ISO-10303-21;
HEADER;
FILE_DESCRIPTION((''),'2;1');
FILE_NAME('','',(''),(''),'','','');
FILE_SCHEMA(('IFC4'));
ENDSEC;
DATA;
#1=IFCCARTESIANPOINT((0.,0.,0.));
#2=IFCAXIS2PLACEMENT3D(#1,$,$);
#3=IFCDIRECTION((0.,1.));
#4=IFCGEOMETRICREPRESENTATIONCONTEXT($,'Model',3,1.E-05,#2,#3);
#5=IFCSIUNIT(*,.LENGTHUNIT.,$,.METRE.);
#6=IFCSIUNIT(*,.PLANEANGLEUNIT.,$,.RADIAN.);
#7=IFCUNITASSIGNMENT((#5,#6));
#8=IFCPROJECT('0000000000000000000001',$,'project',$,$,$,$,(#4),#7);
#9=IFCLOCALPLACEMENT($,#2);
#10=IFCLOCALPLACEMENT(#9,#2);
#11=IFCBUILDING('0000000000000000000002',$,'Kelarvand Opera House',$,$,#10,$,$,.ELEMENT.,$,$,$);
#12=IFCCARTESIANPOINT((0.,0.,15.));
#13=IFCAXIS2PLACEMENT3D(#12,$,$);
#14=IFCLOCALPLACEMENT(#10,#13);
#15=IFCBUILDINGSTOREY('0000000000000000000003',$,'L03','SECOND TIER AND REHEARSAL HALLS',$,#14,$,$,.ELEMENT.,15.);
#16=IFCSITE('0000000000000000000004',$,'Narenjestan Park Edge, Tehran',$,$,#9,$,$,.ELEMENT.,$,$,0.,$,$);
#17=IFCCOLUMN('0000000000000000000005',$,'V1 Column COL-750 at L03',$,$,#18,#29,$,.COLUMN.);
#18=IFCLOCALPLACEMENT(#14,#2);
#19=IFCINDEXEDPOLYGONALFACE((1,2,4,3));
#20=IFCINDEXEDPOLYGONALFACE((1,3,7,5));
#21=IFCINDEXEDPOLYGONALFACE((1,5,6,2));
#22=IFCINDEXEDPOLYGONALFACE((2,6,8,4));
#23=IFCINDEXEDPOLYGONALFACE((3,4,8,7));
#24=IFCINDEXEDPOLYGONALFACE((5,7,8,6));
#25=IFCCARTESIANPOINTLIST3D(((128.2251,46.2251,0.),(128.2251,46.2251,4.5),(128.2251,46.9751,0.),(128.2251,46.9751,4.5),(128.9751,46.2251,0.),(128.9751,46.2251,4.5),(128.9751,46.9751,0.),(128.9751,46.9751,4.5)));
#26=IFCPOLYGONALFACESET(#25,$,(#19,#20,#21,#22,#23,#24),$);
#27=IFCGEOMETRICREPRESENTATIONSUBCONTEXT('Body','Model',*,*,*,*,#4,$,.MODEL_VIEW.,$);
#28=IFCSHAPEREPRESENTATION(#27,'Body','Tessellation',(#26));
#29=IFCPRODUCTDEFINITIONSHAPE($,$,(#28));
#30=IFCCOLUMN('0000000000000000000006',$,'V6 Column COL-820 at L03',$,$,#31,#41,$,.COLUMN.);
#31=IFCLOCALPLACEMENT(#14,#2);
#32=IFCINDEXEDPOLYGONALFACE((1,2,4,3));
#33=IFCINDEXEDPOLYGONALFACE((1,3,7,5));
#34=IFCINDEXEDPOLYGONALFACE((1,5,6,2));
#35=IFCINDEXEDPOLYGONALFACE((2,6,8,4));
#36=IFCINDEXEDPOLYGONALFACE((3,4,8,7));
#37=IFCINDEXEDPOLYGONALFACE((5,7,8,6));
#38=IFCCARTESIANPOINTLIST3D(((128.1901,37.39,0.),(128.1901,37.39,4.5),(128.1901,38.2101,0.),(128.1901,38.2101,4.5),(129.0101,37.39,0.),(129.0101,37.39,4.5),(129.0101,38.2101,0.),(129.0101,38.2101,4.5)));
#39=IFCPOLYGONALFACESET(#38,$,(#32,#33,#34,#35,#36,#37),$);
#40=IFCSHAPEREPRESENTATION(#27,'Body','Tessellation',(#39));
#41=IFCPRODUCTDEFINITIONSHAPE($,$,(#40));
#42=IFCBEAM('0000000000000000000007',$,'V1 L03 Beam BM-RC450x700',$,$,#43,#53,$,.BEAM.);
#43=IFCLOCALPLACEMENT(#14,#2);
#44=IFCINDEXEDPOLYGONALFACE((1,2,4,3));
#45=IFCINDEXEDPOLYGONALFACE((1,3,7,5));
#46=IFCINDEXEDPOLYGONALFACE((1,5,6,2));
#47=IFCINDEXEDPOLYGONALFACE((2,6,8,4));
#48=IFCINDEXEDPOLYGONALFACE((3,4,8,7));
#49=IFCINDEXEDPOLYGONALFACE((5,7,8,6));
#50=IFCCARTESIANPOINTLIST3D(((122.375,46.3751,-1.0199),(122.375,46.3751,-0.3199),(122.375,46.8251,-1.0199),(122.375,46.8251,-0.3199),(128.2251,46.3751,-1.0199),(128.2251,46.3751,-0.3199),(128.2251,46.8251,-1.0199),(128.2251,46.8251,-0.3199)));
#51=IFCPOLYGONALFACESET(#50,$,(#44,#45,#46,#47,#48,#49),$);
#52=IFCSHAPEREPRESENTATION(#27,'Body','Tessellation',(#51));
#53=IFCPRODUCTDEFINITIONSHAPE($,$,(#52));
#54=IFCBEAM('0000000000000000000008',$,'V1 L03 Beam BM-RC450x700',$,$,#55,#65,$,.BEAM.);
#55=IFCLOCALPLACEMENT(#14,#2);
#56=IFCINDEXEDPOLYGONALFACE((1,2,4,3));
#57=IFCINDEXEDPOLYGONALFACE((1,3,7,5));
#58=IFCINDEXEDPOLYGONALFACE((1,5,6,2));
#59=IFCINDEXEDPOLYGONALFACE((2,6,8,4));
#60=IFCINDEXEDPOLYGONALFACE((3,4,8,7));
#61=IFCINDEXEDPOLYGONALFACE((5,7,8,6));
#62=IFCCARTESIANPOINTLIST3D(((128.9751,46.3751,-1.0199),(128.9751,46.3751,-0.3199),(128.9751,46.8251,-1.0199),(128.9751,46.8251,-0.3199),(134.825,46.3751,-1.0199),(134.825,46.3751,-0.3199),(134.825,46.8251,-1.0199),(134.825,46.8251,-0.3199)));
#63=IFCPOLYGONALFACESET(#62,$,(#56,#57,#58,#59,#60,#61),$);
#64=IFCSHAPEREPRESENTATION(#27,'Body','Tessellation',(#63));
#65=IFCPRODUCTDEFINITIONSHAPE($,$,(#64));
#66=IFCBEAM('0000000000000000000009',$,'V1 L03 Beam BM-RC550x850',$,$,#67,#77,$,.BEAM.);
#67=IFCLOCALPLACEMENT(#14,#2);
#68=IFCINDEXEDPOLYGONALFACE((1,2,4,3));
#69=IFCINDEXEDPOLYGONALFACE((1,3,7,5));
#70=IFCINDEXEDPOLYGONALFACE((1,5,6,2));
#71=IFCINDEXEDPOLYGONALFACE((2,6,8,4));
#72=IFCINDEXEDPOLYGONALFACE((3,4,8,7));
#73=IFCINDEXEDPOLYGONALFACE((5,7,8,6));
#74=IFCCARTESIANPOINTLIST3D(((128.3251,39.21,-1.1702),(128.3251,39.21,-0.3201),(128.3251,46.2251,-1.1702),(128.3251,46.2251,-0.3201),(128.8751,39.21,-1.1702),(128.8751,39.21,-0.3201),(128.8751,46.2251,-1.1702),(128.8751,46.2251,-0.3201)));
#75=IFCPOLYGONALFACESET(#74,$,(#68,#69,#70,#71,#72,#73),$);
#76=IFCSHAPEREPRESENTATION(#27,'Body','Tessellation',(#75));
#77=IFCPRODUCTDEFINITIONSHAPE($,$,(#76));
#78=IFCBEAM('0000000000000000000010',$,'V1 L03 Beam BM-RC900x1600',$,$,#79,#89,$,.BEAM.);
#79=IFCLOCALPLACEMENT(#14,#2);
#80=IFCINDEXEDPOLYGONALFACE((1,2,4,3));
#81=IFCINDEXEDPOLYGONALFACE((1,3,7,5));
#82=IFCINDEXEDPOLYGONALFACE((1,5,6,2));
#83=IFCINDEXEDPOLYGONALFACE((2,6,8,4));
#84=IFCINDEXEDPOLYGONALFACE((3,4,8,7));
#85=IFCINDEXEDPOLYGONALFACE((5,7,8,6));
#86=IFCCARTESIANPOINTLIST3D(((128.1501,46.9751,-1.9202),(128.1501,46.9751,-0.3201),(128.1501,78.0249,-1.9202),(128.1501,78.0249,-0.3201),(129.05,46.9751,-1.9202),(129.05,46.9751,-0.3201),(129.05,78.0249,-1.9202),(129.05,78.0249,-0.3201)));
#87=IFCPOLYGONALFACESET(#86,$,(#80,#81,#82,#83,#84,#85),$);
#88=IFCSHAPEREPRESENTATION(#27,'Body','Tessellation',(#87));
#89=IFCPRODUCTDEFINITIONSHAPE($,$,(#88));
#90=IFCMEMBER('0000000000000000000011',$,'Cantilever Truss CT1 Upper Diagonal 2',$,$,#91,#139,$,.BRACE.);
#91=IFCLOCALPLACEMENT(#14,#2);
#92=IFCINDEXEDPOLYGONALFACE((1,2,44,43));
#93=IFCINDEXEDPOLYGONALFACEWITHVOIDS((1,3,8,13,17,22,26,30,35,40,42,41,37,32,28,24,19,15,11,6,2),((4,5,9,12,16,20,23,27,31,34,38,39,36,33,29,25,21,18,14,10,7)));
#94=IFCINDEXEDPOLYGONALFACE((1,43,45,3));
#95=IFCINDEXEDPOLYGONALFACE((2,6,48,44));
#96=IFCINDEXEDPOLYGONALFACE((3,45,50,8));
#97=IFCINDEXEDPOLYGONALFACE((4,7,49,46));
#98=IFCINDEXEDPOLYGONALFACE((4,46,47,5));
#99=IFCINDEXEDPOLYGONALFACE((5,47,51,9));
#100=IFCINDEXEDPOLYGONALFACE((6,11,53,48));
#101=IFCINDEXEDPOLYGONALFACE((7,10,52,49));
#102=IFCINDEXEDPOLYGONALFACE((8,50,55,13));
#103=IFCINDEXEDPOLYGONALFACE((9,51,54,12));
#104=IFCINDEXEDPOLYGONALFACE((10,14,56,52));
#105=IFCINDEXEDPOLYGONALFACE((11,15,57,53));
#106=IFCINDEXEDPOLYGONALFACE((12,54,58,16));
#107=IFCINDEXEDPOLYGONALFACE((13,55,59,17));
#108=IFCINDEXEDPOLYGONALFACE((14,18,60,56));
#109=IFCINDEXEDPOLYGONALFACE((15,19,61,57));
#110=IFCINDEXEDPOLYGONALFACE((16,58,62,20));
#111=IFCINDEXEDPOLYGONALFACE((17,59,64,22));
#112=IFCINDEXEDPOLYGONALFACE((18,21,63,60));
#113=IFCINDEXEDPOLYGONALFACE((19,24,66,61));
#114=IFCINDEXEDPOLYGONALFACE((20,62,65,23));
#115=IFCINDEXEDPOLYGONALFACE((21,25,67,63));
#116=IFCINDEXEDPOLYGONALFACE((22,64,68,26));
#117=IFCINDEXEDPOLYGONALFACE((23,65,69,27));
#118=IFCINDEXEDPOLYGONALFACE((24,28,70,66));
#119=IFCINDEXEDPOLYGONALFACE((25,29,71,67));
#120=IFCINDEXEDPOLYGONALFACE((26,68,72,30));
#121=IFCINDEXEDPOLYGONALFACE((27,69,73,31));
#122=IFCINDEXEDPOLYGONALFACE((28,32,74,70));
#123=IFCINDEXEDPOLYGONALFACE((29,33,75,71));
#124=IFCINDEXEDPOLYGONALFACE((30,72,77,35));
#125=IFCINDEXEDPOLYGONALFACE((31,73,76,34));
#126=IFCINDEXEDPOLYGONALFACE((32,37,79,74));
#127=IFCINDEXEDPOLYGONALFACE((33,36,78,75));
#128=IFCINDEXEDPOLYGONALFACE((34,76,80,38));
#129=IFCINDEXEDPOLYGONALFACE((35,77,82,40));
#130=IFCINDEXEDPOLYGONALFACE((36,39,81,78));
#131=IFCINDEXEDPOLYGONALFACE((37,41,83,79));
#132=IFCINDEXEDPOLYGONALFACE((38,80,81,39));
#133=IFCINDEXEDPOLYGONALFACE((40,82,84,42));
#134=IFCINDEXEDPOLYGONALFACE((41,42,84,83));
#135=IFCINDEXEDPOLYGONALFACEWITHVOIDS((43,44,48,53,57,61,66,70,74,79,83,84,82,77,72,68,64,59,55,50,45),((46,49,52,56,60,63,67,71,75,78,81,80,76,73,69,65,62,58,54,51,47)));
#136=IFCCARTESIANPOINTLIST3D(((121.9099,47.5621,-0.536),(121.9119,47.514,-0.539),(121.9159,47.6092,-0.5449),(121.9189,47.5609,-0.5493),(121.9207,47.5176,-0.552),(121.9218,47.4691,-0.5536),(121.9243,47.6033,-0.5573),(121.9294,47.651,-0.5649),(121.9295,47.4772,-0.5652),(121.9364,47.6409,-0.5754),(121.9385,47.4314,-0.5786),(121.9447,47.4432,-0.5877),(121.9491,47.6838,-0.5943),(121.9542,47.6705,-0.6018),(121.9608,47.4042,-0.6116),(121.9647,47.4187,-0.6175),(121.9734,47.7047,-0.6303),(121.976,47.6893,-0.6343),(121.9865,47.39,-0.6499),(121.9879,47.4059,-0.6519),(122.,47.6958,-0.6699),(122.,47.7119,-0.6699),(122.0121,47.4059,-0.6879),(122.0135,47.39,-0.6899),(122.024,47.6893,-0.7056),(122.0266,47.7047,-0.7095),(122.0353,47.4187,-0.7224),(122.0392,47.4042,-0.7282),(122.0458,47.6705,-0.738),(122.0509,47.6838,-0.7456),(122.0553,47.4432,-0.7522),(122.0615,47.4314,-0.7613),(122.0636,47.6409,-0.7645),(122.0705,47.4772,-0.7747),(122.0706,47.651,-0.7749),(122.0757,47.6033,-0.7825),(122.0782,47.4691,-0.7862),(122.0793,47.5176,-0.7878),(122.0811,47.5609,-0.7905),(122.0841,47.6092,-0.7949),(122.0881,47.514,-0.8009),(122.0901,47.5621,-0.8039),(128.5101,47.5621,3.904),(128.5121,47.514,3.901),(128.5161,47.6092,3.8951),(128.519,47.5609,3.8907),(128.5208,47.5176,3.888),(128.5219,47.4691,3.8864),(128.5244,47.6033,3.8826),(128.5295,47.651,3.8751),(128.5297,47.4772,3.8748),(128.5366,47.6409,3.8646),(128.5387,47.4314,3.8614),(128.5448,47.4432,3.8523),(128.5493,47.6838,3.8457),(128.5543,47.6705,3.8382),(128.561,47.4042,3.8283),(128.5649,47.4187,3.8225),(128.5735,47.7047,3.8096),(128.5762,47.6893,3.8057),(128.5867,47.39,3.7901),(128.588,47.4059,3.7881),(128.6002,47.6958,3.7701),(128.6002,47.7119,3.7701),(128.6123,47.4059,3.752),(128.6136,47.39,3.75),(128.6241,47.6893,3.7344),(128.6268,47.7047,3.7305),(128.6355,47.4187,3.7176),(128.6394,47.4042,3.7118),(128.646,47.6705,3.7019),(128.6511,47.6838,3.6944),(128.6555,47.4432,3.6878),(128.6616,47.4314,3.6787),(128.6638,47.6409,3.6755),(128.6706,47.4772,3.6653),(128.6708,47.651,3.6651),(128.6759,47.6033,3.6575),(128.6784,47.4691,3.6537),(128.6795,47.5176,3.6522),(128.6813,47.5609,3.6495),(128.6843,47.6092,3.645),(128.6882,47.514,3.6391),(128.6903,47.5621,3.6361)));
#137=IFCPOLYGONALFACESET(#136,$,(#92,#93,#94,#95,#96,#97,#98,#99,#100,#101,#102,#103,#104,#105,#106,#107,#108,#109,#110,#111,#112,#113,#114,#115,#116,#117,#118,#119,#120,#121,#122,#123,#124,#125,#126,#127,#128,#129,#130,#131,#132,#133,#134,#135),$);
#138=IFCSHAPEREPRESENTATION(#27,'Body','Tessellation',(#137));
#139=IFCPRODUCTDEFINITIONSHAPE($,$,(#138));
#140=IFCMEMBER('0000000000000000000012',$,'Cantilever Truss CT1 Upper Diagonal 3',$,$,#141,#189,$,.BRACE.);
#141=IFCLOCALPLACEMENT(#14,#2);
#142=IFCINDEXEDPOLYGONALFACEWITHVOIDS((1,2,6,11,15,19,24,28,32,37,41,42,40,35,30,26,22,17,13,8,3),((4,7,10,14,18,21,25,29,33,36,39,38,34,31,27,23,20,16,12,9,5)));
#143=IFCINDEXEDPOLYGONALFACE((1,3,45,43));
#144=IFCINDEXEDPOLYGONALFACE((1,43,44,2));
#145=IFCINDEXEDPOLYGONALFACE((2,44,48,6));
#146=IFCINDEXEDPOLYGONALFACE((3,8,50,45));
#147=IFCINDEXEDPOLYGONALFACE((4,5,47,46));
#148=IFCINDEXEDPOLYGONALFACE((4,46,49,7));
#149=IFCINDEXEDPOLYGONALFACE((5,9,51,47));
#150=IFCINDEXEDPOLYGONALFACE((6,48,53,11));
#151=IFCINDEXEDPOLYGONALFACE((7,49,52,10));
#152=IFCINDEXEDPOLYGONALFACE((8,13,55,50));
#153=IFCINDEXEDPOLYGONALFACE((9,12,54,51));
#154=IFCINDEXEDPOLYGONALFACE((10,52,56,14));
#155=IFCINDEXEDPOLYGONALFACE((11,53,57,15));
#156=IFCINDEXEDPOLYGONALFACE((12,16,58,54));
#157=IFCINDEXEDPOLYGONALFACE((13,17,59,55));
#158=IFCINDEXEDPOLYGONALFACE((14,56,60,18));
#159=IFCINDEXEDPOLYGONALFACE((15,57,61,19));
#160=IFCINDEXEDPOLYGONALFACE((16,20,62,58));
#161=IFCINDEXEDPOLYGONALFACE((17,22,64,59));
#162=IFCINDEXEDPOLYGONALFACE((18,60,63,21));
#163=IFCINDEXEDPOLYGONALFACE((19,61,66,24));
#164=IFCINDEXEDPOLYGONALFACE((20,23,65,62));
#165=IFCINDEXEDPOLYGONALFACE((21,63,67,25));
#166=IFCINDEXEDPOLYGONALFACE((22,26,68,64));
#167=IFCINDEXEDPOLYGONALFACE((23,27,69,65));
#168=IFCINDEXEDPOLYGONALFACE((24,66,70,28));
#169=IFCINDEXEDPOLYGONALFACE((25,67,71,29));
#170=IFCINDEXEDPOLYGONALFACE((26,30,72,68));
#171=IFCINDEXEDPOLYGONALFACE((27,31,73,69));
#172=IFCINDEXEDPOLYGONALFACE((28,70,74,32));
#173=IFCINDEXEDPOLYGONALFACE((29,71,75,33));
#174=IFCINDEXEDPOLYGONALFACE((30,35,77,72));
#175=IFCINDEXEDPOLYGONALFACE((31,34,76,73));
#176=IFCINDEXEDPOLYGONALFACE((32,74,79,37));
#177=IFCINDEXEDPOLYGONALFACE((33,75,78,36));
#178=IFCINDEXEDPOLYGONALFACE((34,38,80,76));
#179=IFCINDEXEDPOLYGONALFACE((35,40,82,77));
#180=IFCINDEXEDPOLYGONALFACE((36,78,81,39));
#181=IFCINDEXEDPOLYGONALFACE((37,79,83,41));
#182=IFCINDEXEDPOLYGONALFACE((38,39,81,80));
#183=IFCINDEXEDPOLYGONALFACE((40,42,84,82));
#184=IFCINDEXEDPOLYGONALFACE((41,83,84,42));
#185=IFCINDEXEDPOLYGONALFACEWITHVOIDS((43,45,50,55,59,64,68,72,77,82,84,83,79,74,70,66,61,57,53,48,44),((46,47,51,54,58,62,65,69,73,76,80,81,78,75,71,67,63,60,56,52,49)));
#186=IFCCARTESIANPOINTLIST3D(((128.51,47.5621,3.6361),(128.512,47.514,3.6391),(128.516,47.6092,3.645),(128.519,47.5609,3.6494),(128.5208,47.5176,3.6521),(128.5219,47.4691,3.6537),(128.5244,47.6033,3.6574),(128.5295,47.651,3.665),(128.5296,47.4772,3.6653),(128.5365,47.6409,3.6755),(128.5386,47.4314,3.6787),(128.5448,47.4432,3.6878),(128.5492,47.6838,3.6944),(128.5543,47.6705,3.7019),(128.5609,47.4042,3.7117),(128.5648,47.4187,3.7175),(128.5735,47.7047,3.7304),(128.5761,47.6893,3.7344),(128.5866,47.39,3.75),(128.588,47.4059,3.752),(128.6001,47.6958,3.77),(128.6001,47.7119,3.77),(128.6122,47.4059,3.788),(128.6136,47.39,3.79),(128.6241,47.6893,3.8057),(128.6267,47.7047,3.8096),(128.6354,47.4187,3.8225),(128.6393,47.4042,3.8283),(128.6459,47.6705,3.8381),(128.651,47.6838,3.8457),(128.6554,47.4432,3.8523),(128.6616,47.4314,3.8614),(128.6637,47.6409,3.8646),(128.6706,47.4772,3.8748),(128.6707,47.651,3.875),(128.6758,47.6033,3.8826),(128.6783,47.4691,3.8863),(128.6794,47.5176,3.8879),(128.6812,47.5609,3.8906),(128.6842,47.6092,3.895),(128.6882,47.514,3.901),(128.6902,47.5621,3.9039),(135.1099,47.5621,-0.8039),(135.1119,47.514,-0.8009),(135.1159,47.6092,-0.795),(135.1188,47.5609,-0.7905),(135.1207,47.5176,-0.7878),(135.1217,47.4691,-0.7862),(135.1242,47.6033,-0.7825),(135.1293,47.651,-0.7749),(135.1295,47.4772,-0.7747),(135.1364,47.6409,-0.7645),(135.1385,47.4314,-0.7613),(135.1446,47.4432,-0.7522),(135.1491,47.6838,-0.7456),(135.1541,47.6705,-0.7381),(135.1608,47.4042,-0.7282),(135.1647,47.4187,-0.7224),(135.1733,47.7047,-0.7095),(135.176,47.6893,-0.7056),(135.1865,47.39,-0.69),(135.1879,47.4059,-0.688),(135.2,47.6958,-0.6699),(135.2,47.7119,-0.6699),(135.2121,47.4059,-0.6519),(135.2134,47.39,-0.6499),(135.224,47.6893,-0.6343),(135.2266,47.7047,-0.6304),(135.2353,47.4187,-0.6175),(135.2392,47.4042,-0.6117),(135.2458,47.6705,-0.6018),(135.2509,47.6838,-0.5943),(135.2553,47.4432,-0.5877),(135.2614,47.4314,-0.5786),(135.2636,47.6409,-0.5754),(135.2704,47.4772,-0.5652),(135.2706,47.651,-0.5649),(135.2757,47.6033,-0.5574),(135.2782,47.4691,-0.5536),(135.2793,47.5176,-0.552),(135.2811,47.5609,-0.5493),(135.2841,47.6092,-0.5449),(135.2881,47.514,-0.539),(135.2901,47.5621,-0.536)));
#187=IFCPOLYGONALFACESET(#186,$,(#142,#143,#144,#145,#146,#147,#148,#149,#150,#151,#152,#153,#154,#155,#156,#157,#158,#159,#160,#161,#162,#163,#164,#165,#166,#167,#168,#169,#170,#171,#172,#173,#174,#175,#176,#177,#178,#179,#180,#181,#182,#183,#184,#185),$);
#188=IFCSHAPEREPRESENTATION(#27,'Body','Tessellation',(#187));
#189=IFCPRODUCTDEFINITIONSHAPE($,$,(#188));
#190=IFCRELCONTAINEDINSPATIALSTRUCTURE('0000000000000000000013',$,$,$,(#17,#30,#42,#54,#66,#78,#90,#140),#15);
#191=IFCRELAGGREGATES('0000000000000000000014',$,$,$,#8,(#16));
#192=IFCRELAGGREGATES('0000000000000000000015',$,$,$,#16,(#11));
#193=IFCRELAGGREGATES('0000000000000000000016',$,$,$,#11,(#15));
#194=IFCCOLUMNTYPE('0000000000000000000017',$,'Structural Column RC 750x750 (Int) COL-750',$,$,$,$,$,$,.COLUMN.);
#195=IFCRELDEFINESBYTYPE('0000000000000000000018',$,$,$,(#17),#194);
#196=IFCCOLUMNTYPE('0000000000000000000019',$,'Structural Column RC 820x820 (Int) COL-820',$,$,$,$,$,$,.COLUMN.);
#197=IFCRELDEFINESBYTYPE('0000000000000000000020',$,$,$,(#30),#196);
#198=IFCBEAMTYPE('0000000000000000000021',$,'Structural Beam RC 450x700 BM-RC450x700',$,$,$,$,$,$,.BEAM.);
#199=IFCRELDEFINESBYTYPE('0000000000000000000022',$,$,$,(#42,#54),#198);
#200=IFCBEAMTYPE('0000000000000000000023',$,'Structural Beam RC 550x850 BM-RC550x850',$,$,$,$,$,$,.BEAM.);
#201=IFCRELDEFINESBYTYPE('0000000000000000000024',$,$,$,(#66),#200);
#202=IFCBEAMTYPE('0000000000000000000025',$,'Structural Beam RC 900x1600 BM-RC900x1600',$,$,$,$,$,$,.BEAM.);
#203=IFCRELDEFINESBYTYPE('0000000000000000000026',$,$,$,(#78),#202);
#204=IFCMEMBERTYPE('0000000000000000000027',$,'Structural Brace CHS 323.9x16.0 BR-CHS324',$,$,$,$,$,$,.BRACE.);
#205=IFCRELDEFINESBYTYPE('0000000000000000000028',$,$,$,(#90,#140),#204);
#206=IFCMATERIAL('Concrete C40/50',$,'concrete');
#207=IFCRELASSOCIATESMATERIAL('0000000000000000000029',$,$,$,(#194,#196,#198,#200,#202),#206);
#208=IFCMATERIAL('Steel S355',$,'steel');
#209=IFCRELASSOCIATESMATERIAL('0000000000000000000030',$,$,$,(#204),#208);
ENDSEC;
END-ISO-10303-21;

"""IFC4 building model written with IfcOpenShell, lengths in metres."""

from ifc_helpers import new_model, si_unit, direction, frame, origin, origin_2d, place, context, subcontext, project, spatial, rectangle, hollow_circle, extrude, material, material_profile, profile_set, type_object, element, save


model = new_model("IFC4")

# Units and contexts
model_context = context("Model", 3, precision=1e-05, world=origin(), true_north=direction((0.0, 1.0)))
body_context = subcontext(model_context, "Body", "Model", "MODEL_VIEW")
ifc_project = project(units=[si_unit("LENGTHUNIT", "METRE"), si_unit("PLANEANGLEUNIT", "RADIAN")], contexts=[model_context])

# Site, building, storey
site_placement = place(None, origin())
site = spatial("IfcSite", under=ifc_project, at=site_placement, Name="Narenjestan Park Edge, Tehran", CompositionType="ELEMENT", RefElevation=0.0)
building_placement = place(site_placement, origin())
building = spatial("IfcBuilding", under=site, at=building_placement, Name="Kelarvand Opera House", CompositionType="ELEMENT")
storey_placement = place(building_placement, frame((0.0, 0.0, 15.0)))
storey = spatial("IfcBuildingStorey", under=building, at=storey_placement, Name="L03", Description="SECOND TIER AND REHEARSAL HALLS", CompositionType="ELEMENT", Elevation=15.0)

# Columns
ifc_material_1 = material(Name="Concrete C40/50", Category="concrete")
ifc_material_profile_1 = material_profile(ifc_material_1, rectangle(XDim=0.75, YDim=0.75, at=origin_2d()), Name="RC 750x750", Category="concrete")
ifc_profile_set_1 = profile_set([ifc_material_profile_1], Name="Concrete C40/50")
column_type_1 = type_object("IfcColumnType", Name="Structural Column RC 750x750 (Int) COL-750", PredefinedType="COLUMN", material=ifc_profile_set_1)
column_1_placement = place(storey_placement, frame((128.6001, 46.6001, 0.0), z_axis=(0.0, 0.0, 1.0), x_axis=(1.0, 0.0, 0.0)))
element("IfcColumn", 1, at=column_1_placement, inside=storey, type_object=column_type_1, Name="V1 Column COL-750 at L03", PredefinedType="COLUMN", context=body_context, shape_type="SweptSolid", body=[
    extrude(rectangle(XDim=0.75, YDim=0.75, at=origin_2d()), origin(), (0.0, 0.0, 1.0), 4.5),
])
ifc_material_profile_2 = material_profile(ifc_material_1, rectangle(XDim=0.8201, YDim=0.8201, at=origin_2d()), Name="RC 820x820", Category="concrete")
ifc_profile_set_2 = profile_set([ifc_material_profile_2], Name="Concrete C40/50")
column_type_2 = type_object("IfcColumnType", Name="Structural Column RC 820x820 (Int) COL-820", PredefinedType="COLUMN", material=ifc_profile_set_2)
column_2_placement = place(storey_placement, frame((128.6001, 37.8, 0.0), z_axis=(0.0, 0.0, 1.0), x_axis=(1.0, 0.0, 0.0)))
element("IfcColumn", 2, at=column_2_placement, inside=storey, type_object=column_type_2, Name="V6 Column COL-820 at L03", PredefinedType="COLUMN", context=body_context, shape_type="SweptSolid", body=[
    extrude(rectangle(XDim=0.8201, YDim=0.8201, at=origin_2d()), origin(), (0.0, 0.0, 1.0), 4.5),
])

# Beams
ifc_material_profile_3 = material_profile(ifc_material_1, rectangle(XDim=0.45, YDim=0.7, at=origin_2d()), Name="RC 450x700", Category="concrete")
ifc_profile_set_3 = profile_set([ifc_material_profile_3], Name="Concrete C40/50")
beam_type_1 = type_object("IfcBeamType", Name="Structural Beam RC 450x700 BM-RC450x700", PredefinedType="BEAM", material=ifc_profile_set_3)
beam_1_placement = place(storey_placement, frame((122.375, 46.6001, -0.6699), z_axis=(1.0, 0.0, 0.0), x_axis=(0.0, 1.0, 0.0)))
element("IfcBeam", 3, at=beam_1_placement, inside=storey, type_object=beam_type_1, Name="V1 L03 Beam BM-RC450x700", PredefinedType="BEAM", context=body_context, shape_type="SweptSolid", body=[
    extrude(rectangle(XDim=0.45, YDim=0.7, at=origin_2d()), origin(), (0.0, 0.0, 1.0), 5.8501),
])
beam_2_placement = place(storey_placement, frame((128.9751, 46.6001, -0.6699), z_axis=(1.0, 0.0, 0.0), x_axis=(0.0, 1.0, 0.0)))
element("IfcBeam", 4, at=beam_2_placement, inside=storey, type_object=beam_type_1, Name="V1 L03 Beam BM-RC450x700", PredefinedType="BEAM", context=body_context, shape_type="SweptSolid", body=[
    extrude(rectangle(XDim=0.45, YDim=0.7, at=origin_2d()), origin(), (0.0, 0.0, 1.0), 5.8499),
])
ifc_material_profile_4 = material_profile(ifc_material_1, rectangle(XDim=0.55, YDim=0.8501, at=origin_2d()), Name="RC 550x850", Category="concrete")
ifc_profile_set_4 = profile_set([ifc_material_profile_4], Name="Concrete C40/50")
beam_type_2 = type_object("IfcBeamType", Name="Structural Beam RC 550x850 BM-RC550x850", PredefinedType="BEAM", material=ifc_profile_set_4)
beam_3_placement = place(storey_placement, frame((128.6001, 39.21, -0.7451), z_axis=(0.0, 1.0, 0.0), x_axis=(-1.0, 0.0, 0.0)))
element("IfcBeam", 5, at=beam_3_placement, inside=storey, type_object=beam_type_2, Name="V1 L03 Beam BM-RC550x850", PredefinedType="BEAM", context=body_context, shape_type="SweptSolid", body=[
    extrude(rectangle(XDim=0.55, YDim=0.8501, at=origin_2d()), origin(), (0.0, 0.0, 1.0), 7.0151),
])
ifc_material_profile_5 = material_profile(ifc_material_1, rectangle(XDim=0.8999, YDim=1.6001, at=origin_2d()), Name="RC 900x1600", Category="concrete")
ifc_profile_set_5 = profile_set([ifc_material_profile_5], Name="Concrete C40/50")
beam_type_3 = type_object("IfcBeamType", Name="Structural Beam RC 900x1600 BM-RC900x1600", PredefinedType="BEAM", material=ifc_profile_set_5)
beam_4_placement = place(storey_placement, frame((128.6001, 46.9751, -1.1201), z_axis=(0.0, 1.0, 0.0), x_axis=(-1.0, 0.0, 0.0)))
element("IfcBeam", 6, at=beam_4_placement, inside=storey, type_object=beam_type_3, Name="V1 L03 Beam BM-RC900x1600", PredefinedType="BEAM", context=body_context, shape_type="SweptSolid", body=[
    extrude(rectangle(XDim=0.8999, YDim=1.6001, at=origin_2d()), origin(), (0.0, 0.0, 1.0), 31.0498),
])

# Members
ifc_material_2 = material(Name="Steel S355", Category="steel")
ifc_material_profile_6 = material_profile(ifc_material_2, hollow_circle(Radius=0.1619, WallThickness=0.0161, at=origin_2d()), Name="CHS 323.9x16.0", Category="steel")
ifc_profile_set_6 = profile_set([ifc_material_profile_6], Name="Steel S355")
member_type_1 = type_object("IfcMemberType", Name="Structural Brace CHS 323.9x16.0 BR-CHS324", PredefinedType="BRACE", material=ifc_profile_set_6)
member_1_placement = place(storey_placement, frame((122.0, 47.55, -0.6699), z_axis=(0.829729, 0.0, 0.558166), x_axis=(0.0, 1.0, 0.0)))
element("IfcMember", 7, at=member_1_placement, inside=storey, type_object=member_type_1, Name="Cantilever Truss CT1 Upper Diagonal 2", PredefinedType="BRACE", context=body_context, shape_type="SweptSolid", body=[
    extrude(hollow_circle(Radius=0.1619, WallThickness=0.0161, at=origin_2d()), origin(), (0.0, 0.0, 1.0), 7.9546),
])
member_2_placement = place(storey_placement, frame((128.6001, 47.55, 3.77), z_axis=(0.82972, 0.0, -0.55818), x_axis=(0.0, 1.0, 0.0)))
element("IfcMember", 8, at=member_2_placement, inside=storey, type_object=member_type_1, Name="Cantilever Truss CT1 Upper Diagonal 3", PredefinedType="BRACE", context=body_context, shape_type="SweptSolid", body=[
    extrude(hollow_circle(Radius=0.1619, WallThickness=0.0161, at=origin_2d()), origin(), (0.0, 0.0, 1.0), 7.9543),
])

save(model, "model.ifc")
